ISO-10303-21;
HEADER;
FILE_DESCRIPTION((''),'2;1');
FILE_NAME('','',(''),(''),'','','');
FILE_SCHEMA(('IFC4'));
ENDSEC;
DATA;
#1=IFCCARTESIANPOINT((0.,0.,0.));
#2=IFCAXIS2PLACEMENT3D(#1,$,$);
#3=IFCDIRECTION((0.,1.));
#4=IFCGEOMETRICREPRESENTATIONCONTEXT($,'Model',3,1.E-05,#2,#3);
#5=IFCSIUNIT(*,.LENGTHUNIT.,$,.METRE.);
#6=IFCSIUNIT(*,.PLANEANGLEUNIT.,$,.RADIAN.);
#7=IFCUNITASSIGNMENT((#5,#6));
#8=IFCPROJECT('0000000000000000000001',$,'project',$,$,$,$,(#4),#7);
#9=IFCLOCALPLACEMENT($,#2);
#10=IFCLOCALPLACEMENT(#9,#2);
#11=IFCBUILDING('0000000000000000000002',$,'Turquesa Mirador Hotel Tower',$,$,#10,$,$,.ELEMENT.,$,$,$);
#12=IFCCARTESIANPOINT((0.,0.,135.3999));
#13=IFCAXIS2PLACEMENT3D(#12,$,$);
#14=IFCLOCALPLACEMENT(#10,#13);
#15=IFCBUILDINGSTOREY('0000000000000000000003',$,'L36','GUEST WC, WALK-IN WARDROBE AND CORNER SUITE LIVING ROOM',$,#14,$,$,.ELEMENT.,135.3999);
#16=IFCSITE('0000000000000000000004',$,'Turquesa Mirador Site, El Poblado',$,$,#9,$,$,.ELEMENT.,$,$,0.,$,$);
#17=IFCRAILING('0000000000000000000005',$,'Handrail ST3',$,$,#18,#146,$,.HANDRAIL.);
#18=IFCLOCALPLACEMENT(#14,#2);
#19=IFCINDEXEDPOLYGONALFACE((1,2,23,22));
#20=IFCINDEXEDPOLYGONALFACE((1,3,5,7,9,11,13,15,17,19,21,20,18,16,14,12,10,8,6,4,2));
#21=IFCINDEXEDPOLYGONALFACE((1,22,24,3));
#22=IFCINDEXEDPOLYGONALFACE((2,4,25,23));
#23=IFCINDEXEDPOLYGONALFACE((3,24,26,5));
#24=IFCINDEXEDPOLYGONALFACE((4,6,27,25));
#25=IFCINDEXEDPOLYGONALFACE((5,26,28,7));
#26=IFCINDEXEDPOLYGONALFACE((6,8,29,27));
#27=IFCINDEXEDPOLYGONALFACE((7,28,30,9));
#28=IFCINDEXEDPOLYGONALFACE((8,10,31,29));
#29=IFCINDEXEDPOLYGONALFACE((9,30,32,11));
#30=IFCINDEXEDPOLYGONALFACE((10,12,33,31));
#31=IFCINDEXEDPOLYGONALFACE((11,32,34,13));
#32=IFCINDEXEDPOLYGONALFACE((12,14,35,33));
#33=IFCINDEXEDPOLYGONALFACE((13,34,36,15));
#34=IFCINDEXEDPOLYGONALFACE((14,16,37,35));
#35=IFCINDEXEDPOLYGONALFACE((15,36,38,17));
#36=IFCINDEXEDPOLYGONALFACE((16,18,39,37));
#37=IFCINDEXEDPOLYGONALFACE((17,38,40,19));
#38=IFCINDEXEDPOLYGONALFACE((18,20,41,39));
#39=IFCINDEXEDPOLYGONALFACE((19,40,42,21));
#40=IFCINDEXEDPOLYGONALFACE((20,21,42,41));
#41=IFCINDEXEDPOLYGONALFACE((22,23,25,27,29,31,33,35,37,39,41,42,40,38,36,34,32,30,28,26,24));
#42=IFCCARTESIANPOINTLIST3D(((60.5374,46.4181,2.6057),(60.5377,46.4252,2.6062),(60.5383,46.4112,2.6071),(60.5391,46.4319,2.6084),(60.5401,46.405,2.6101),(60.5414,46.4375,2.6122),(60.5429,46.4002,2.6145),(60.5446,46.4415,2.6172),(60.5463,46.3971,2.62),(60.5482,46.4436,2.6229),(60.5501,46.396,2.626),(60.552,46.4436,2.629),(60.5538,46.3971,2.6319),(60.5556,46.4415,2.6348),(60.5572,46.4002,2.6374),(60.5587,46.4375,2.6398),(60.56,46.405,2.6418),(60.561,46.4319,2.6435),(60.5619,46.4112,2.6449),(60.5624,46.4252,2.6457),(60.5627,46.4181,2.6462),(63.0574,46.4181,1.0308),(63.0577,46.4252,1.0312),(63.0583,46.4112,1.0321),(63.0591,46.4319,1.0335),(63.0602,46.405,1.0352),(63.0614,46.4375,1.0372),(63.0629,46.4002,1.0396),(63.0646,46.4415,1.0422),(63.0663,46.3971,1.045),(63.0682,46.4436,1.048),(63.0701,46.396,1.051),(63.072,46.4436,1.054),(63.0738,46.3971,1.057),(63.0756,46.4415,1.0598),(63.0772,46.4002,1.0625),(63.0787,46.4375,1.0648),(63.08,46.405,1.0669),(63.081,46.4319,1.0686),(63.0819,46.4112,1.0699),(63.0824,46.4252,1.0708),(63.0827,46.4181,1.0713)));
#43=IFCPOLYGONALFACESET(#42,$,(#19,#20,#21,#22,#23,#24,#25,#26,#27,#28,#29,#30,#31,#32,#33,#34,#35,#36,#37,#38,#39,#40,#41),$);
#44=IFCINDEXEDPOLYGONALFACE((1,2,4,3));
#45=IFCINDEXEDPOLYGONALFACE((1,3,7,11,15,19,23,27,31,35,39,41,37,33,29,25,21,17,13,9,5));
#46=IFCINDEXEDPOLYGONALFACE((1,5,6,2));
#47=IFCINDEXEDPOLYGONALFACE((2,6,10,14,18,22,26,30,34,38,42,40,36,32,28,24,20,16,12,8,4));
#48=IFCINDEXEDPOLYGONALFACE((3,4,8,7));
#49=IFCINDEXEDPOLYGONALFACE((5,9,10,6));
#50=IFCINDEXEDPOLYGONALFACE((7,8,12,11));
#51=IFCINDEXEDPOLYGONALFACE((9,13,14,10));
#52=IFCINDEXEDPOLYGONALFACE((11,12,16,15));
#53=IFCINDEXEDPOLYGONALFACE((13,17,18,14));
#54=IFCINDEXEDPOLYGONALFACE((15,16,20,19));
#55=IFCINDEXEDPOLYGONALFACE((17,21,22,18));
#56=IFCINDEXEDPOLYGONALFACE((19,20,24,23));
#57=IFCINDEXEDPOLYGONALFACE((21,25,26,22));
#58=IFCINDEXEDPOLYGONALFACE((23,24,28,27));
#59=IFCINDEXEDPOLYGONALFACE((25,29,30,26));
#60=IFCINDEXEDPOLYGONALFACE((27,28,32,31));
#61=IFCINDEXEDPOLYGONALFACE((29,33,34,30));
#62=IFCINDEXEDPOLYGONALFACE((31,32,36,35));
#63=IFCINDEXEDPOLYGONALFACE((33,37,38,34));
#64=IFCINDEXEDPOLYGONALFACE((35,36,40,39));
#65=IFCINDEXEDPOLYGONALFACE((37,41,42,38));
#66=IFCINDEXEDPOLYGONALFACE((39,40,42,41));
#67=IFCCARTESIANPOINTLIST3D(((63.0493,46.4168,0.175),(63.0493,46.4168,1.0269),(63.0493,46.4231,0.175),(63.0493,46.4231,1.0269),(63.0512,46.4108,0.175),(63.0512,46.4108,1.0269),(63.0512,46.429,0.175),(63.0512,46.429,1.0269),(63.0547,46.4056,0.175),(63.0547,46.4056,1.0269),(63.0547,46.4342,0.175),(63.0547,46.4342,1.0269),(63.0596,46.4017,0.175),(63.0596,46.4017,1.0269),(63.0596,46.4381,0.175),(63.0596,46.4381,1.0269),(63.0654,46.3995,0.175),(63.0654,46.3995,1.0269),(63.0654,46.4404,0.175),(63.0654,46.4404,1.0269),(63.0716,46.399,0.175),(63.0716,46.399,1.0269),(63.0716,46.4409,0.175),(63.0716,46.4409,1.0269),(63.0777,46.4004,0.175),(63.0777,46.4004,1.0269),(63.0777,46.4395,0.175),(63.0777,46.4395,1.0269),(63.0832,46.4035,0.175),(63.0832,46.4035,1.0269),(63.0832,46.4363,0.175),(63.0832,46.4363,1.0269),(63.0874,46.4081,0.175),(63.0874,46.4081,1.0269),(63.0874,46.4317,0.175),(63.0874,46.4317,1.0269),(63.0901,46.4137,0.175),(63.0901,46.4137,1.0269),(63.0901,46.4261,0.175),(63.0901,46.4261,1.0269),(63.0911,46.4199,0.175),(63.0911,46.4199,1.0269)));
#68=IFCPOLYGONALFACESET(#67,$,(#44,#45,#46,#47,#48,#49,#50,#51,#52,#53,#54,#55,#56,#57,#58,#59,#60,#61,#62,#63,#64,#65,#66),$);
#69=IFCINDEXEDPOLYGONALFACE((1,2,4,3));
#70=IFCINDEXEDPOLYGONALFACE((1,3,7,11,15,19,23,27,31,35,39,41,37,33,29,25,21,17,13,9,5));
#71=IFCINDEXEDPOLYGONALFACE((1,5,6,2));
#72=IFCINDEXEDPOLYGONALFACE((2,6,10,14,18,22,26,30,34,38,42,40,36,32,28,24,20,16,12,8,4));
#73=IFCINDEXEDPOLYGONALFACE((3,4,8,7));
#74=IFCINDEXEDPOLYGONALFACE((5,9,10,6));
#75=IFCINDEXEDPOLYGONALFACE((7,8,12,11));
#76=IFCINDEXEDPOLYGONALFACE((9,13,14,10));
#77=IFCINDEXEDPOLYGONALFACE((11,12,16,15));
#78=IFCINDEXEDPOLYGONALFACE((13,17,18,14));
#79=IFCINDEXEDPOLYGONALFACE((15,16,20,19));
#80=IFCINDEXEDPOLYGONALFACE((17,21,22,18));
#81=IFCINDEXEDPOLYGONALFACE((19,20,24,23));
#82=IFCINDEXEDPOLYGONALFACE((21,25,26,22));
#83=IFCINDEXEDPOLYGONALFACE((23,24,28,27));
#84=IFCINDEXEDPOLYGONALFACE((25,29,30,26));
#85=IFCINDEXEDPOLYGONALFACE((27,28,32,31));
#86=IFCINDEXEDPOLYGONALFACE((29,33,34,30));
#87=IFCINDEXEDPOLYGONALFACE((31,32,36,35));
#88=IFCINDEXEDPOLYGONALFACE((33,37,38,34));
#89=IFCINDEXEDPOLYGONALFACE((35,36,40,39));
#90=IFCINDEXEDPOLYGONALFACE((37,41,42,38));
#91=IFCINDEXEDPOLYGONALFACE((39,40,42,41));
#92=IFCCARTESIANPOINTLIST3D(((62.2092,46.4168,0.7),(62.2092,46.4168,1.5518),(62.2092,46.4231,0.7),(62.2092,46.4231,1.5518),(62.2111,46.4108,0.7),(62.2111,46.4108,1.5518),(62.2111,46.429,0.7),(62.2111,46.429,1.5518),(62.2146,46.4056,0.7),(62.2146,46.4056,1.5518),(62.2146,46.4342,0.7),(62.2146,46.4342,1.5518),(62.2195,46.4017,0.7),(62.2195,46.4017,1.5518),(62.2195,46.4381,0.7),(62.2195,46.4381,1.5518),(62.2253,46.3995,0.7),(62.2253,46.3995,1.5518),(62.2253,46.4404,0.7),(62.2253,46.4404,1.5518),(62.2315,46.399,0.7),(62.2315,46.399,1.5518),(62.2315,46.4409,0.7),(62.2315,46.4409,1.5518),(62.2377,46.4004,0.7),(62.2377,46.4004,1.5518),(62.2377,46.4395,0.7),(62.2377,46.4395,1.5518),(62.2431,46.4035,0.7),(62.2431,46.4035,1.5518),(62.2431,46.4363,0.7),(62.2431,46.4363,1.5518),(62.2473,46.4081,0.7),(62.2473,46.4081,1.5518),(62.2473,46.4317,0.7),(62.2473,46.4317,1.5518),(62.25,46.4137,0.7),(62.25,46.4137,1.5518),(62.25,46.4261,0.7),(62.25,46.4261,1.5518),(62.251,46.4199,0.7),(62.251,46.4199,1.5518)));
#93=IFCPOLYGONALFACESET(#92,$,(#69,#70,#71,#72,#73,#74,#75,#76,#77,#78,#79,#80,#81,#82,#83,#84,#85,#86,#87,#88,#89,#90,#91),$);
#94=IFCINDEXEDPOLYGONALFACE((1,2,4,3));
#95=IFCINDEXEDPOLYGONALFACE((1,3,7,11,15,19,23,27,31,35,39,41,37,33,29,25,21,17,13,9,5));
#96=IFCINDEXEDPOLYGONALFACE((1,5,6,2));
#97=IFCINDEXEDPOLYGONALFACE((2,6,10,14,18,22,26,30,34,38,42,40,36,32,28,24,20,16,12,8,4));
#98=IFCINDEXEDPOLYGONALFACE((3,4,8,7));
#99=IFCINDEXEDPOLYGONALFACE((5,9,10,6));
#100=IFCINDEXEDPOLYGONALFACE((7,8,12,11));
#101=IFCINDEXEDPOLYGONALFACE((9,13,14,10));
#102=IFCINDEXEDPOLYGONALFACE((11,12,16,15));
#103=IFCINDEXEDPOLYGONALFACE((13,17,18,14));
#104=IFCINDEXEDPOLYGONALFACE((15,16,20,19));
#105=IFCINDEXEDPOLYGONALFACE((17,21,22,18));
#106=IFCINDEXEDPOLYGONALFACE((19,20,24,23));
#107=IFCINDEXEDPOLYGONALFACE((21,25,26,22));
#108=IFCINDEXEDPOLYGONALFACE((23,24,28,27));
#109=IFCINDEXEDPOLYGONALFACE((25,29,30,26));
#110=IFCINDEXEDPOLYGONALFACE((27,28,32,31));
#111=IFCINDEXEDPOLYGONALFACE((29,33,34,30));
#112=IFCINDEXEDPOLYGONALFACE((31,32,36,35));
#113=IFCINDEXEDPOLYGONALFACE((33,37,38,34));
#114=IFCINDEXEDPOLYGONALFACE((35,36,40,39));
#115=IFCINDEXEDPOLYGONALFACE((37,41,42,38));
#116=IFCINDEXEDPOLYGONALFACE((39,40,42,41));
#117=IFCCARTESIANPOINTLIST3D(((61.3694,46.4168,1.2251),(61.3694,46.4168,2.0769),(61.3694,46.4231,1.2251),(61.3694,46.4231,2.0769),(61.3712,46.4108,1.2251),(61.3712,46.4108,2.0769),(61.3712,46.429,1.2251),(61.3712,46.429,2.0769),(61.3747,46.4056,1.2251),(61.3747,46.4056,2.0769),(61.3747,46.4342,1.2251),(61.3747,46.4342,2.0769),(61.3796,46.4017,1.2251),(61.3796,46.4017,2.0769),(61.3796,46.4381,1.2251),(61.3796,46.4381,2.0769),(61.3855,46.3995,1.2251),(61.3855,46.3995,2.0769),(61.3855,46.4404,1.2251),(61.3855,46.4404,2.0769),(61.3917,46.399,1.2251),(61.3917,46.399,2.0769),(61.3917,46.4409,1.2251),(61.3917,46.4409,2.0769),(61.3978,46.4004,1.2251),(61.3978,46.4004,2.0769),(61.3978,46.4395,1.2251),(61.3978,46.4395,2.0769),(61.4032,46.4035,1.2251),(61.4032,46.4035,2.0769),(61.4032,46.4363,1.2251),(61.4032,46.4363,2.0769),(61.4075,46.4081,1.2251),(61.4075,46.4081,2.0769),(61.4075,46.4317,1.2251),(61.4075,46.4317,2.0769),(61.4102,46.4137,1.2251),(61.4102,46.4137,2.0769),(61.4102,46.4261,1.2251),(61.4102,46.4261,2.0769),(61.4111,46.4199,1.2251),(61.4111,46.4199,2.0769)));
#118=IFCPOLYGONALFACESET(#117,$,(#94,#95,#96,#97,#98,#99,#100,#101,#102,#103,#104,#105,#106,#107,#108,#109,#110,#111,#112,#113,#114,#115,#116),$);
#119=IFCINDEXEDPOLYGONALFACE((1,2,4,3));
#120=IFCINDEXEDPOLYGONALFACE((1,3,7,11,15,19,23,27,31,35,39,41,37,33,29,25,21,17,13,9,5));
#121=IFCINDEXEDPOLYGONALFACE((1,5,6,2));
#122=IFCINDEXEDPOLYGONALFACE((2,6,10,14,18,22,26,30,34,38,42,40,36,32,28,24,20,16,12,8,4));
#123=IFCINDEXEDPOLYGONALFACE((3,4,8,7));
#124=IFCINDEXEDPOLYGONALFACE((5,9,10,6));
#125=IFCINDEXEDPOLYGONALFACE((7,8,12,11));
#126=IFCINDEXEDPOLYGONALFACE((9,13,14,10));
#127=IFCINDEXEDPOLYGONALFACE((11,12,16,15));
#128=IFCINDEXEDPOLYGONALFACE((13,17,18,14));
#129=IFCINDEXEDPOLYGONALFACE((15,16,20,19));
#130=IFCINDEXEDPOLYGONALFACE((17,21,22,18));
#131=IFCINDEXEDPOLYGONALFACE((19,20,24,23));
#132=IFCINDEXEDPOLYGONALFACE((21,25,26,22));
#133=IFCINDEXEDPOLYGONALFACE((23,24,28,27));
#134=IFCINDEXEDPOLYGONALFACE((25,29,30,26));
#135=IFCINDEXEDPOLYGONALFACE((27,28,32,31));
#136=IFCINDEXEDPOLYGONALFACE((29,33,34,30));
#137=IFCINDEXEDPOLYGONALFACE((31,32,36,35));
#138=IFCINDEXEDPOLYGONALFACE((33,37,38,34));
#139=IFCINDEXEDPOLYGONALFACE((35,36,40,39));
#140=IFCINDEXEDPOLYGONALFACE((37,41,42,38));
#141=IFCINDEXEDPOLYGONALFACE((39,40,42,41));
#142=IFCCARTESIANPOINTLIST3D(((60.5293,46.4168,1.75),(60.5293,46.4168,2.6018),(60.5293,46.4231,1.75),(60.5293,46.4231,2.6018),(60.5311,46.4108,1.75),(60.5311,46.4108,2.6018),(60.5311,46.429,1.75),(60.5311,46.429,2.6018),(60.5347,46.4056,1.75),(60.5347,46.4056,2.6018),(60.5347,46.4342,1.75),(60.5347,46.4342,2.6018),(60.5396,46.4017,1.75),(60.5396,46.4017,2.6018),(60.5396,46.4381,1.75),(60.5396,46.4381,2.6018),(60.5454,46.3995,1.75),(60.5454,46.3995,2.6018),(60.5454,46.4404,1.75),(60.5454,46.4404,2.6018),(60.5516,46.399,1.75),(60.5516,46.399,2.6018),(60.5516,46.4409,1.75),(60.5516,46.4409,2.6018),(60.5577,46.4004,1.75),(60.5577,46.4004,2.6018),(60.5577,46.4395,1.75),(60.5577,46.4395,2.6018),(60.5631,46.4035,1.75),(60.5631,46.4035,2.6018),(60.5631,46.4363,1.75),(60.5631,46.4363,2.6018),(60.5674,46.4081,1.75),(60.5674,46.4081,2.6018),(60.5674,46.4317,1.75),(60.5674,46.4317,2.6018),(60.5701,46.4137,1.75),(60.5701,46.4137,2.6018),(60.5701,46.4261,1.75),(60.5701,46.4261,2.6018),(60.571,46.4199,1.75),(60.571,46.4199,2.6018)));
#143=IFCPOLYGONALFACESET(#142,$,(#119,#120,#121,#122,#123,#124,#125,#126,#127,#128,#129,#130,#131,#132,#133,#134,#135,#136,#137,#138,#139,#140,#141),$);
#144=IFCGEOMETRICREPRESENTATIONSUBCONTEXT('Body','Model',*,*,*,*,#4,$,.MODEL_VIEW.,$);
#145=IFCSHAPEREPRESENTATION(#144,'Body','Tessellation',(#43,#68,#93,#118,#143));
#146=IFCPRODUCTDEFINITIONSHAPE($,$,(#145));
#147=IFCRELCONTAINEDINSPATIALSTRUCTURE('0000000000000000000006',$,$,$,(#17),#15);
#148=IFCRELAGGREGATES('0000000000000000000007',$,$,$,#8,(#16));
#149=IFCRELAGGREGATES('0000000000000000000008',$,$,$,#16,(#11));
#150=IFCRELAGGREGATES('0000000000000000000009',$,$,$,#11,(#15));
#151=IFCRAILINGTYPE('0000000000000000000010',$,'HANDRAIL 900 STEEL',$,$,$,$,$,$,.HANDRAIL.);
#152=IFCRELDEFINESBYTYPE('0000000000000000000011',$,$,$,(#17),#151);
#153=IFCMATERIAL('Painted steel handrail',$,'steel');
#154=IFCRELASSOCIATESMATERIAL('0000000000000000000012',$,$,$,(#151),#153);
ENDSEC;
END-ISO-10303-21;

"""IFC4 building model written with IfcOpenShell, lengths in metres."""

from ifc_helpers import new_model, si_unit, direction, frame, origin, origin_2d, place, context, subcontext, project, spatial, circle, extrude, material, type_object, element, save


model = new_model("IFC4")

# Units and contexts
model_context = context("Model", 3, precision=1e-05, world=origin(), true_north=direction((0.0, 1.0)))
body_context = subcontext(model_context, "Body", "Model", "MODEL_VIEW")
ifc_project = project(units=[si_unit("LENGTHUNIT", "METRE"), si_unit("PLANEANGLEUNIT", "RADIAN")], contexts=[model_context])

# Site, building, storey
site_placement = place(None, origin())
site = spatial("IfcSite", under=ifc_project, at=site_placement, Name="Turquesa Mirador Site, El Poblado", CompositionType="ELEMENT", RefElevation=0.0)
building_placement = place(site_placement, origin())
building = spatial("IfcBuilding", under=site, at=building_placement, Name="Turquesa Mirador Hotel Tower", CompositionType="ELEMENT")
storey_placement = place(building_placement, frame((0.0, 0.0, 135.3999)))
storey = spatial("IfcBuildingStorey", under=building, at=storey_placement, Name="L36", Description="GUEST WC, WALK-IN WARDROBE AND CORNER SUITE LIVING ROOM", CompositionType="ELEMENT", Elevation=135.3999)

# Railing
ifc_material_1 = material(Name="Painted steel handrail", Category="steel")
railing_type = type_object("IfcRailingType", Name="HANDRAIL 900 STEEL", PredefinedType="HANDRAIL", material=ifc_material_1)
for number, where, name in (
    (1, (63.0701, 46.4199, 0.175), "Handrail ST3"),
):
    element("IfcRailing", number, at=place(storey_placement, frame(where)), inside=storey, type_object=railing_type, Name=name, PredefinedType="HANDRAIL", context=body_context, shape_type="SweptSolid", body=[
        extrude(circle(Radius=0.0239, at=origin_2d()), frame((0.0, 0.0, 0.876), z_axis=(-0.848008, 0.0, 0.529984), x_axis=(0.0, -1.0, 0.0)), (0.0, 0.0, 1.0), 2.9717),
        extrude(circle(Radius=0.021, at=origin_2d()), origin(), (0.0, 0.0, 1.0), 0.8518),
        extrude(circle(Radius=0.021, at=origin_2d()), frame((-0.8401, 0.0, 0.5249)), (0.0, 0.0, 1.0), 0.8518),
        extrude(circle(Radius=0.021, at=origin_2d()), frame((-1.6799, 0.0, 1.05)), (0.0, 0.0, 1.0), 0.8518),
        extrude(circle(Radius=0.021, at=origin_2d()), frame((-2.52, 0.0, 1.575)), (0.0, 0.0, 1.0), 0.8518),
    ])

save(model, "model.ifc")
